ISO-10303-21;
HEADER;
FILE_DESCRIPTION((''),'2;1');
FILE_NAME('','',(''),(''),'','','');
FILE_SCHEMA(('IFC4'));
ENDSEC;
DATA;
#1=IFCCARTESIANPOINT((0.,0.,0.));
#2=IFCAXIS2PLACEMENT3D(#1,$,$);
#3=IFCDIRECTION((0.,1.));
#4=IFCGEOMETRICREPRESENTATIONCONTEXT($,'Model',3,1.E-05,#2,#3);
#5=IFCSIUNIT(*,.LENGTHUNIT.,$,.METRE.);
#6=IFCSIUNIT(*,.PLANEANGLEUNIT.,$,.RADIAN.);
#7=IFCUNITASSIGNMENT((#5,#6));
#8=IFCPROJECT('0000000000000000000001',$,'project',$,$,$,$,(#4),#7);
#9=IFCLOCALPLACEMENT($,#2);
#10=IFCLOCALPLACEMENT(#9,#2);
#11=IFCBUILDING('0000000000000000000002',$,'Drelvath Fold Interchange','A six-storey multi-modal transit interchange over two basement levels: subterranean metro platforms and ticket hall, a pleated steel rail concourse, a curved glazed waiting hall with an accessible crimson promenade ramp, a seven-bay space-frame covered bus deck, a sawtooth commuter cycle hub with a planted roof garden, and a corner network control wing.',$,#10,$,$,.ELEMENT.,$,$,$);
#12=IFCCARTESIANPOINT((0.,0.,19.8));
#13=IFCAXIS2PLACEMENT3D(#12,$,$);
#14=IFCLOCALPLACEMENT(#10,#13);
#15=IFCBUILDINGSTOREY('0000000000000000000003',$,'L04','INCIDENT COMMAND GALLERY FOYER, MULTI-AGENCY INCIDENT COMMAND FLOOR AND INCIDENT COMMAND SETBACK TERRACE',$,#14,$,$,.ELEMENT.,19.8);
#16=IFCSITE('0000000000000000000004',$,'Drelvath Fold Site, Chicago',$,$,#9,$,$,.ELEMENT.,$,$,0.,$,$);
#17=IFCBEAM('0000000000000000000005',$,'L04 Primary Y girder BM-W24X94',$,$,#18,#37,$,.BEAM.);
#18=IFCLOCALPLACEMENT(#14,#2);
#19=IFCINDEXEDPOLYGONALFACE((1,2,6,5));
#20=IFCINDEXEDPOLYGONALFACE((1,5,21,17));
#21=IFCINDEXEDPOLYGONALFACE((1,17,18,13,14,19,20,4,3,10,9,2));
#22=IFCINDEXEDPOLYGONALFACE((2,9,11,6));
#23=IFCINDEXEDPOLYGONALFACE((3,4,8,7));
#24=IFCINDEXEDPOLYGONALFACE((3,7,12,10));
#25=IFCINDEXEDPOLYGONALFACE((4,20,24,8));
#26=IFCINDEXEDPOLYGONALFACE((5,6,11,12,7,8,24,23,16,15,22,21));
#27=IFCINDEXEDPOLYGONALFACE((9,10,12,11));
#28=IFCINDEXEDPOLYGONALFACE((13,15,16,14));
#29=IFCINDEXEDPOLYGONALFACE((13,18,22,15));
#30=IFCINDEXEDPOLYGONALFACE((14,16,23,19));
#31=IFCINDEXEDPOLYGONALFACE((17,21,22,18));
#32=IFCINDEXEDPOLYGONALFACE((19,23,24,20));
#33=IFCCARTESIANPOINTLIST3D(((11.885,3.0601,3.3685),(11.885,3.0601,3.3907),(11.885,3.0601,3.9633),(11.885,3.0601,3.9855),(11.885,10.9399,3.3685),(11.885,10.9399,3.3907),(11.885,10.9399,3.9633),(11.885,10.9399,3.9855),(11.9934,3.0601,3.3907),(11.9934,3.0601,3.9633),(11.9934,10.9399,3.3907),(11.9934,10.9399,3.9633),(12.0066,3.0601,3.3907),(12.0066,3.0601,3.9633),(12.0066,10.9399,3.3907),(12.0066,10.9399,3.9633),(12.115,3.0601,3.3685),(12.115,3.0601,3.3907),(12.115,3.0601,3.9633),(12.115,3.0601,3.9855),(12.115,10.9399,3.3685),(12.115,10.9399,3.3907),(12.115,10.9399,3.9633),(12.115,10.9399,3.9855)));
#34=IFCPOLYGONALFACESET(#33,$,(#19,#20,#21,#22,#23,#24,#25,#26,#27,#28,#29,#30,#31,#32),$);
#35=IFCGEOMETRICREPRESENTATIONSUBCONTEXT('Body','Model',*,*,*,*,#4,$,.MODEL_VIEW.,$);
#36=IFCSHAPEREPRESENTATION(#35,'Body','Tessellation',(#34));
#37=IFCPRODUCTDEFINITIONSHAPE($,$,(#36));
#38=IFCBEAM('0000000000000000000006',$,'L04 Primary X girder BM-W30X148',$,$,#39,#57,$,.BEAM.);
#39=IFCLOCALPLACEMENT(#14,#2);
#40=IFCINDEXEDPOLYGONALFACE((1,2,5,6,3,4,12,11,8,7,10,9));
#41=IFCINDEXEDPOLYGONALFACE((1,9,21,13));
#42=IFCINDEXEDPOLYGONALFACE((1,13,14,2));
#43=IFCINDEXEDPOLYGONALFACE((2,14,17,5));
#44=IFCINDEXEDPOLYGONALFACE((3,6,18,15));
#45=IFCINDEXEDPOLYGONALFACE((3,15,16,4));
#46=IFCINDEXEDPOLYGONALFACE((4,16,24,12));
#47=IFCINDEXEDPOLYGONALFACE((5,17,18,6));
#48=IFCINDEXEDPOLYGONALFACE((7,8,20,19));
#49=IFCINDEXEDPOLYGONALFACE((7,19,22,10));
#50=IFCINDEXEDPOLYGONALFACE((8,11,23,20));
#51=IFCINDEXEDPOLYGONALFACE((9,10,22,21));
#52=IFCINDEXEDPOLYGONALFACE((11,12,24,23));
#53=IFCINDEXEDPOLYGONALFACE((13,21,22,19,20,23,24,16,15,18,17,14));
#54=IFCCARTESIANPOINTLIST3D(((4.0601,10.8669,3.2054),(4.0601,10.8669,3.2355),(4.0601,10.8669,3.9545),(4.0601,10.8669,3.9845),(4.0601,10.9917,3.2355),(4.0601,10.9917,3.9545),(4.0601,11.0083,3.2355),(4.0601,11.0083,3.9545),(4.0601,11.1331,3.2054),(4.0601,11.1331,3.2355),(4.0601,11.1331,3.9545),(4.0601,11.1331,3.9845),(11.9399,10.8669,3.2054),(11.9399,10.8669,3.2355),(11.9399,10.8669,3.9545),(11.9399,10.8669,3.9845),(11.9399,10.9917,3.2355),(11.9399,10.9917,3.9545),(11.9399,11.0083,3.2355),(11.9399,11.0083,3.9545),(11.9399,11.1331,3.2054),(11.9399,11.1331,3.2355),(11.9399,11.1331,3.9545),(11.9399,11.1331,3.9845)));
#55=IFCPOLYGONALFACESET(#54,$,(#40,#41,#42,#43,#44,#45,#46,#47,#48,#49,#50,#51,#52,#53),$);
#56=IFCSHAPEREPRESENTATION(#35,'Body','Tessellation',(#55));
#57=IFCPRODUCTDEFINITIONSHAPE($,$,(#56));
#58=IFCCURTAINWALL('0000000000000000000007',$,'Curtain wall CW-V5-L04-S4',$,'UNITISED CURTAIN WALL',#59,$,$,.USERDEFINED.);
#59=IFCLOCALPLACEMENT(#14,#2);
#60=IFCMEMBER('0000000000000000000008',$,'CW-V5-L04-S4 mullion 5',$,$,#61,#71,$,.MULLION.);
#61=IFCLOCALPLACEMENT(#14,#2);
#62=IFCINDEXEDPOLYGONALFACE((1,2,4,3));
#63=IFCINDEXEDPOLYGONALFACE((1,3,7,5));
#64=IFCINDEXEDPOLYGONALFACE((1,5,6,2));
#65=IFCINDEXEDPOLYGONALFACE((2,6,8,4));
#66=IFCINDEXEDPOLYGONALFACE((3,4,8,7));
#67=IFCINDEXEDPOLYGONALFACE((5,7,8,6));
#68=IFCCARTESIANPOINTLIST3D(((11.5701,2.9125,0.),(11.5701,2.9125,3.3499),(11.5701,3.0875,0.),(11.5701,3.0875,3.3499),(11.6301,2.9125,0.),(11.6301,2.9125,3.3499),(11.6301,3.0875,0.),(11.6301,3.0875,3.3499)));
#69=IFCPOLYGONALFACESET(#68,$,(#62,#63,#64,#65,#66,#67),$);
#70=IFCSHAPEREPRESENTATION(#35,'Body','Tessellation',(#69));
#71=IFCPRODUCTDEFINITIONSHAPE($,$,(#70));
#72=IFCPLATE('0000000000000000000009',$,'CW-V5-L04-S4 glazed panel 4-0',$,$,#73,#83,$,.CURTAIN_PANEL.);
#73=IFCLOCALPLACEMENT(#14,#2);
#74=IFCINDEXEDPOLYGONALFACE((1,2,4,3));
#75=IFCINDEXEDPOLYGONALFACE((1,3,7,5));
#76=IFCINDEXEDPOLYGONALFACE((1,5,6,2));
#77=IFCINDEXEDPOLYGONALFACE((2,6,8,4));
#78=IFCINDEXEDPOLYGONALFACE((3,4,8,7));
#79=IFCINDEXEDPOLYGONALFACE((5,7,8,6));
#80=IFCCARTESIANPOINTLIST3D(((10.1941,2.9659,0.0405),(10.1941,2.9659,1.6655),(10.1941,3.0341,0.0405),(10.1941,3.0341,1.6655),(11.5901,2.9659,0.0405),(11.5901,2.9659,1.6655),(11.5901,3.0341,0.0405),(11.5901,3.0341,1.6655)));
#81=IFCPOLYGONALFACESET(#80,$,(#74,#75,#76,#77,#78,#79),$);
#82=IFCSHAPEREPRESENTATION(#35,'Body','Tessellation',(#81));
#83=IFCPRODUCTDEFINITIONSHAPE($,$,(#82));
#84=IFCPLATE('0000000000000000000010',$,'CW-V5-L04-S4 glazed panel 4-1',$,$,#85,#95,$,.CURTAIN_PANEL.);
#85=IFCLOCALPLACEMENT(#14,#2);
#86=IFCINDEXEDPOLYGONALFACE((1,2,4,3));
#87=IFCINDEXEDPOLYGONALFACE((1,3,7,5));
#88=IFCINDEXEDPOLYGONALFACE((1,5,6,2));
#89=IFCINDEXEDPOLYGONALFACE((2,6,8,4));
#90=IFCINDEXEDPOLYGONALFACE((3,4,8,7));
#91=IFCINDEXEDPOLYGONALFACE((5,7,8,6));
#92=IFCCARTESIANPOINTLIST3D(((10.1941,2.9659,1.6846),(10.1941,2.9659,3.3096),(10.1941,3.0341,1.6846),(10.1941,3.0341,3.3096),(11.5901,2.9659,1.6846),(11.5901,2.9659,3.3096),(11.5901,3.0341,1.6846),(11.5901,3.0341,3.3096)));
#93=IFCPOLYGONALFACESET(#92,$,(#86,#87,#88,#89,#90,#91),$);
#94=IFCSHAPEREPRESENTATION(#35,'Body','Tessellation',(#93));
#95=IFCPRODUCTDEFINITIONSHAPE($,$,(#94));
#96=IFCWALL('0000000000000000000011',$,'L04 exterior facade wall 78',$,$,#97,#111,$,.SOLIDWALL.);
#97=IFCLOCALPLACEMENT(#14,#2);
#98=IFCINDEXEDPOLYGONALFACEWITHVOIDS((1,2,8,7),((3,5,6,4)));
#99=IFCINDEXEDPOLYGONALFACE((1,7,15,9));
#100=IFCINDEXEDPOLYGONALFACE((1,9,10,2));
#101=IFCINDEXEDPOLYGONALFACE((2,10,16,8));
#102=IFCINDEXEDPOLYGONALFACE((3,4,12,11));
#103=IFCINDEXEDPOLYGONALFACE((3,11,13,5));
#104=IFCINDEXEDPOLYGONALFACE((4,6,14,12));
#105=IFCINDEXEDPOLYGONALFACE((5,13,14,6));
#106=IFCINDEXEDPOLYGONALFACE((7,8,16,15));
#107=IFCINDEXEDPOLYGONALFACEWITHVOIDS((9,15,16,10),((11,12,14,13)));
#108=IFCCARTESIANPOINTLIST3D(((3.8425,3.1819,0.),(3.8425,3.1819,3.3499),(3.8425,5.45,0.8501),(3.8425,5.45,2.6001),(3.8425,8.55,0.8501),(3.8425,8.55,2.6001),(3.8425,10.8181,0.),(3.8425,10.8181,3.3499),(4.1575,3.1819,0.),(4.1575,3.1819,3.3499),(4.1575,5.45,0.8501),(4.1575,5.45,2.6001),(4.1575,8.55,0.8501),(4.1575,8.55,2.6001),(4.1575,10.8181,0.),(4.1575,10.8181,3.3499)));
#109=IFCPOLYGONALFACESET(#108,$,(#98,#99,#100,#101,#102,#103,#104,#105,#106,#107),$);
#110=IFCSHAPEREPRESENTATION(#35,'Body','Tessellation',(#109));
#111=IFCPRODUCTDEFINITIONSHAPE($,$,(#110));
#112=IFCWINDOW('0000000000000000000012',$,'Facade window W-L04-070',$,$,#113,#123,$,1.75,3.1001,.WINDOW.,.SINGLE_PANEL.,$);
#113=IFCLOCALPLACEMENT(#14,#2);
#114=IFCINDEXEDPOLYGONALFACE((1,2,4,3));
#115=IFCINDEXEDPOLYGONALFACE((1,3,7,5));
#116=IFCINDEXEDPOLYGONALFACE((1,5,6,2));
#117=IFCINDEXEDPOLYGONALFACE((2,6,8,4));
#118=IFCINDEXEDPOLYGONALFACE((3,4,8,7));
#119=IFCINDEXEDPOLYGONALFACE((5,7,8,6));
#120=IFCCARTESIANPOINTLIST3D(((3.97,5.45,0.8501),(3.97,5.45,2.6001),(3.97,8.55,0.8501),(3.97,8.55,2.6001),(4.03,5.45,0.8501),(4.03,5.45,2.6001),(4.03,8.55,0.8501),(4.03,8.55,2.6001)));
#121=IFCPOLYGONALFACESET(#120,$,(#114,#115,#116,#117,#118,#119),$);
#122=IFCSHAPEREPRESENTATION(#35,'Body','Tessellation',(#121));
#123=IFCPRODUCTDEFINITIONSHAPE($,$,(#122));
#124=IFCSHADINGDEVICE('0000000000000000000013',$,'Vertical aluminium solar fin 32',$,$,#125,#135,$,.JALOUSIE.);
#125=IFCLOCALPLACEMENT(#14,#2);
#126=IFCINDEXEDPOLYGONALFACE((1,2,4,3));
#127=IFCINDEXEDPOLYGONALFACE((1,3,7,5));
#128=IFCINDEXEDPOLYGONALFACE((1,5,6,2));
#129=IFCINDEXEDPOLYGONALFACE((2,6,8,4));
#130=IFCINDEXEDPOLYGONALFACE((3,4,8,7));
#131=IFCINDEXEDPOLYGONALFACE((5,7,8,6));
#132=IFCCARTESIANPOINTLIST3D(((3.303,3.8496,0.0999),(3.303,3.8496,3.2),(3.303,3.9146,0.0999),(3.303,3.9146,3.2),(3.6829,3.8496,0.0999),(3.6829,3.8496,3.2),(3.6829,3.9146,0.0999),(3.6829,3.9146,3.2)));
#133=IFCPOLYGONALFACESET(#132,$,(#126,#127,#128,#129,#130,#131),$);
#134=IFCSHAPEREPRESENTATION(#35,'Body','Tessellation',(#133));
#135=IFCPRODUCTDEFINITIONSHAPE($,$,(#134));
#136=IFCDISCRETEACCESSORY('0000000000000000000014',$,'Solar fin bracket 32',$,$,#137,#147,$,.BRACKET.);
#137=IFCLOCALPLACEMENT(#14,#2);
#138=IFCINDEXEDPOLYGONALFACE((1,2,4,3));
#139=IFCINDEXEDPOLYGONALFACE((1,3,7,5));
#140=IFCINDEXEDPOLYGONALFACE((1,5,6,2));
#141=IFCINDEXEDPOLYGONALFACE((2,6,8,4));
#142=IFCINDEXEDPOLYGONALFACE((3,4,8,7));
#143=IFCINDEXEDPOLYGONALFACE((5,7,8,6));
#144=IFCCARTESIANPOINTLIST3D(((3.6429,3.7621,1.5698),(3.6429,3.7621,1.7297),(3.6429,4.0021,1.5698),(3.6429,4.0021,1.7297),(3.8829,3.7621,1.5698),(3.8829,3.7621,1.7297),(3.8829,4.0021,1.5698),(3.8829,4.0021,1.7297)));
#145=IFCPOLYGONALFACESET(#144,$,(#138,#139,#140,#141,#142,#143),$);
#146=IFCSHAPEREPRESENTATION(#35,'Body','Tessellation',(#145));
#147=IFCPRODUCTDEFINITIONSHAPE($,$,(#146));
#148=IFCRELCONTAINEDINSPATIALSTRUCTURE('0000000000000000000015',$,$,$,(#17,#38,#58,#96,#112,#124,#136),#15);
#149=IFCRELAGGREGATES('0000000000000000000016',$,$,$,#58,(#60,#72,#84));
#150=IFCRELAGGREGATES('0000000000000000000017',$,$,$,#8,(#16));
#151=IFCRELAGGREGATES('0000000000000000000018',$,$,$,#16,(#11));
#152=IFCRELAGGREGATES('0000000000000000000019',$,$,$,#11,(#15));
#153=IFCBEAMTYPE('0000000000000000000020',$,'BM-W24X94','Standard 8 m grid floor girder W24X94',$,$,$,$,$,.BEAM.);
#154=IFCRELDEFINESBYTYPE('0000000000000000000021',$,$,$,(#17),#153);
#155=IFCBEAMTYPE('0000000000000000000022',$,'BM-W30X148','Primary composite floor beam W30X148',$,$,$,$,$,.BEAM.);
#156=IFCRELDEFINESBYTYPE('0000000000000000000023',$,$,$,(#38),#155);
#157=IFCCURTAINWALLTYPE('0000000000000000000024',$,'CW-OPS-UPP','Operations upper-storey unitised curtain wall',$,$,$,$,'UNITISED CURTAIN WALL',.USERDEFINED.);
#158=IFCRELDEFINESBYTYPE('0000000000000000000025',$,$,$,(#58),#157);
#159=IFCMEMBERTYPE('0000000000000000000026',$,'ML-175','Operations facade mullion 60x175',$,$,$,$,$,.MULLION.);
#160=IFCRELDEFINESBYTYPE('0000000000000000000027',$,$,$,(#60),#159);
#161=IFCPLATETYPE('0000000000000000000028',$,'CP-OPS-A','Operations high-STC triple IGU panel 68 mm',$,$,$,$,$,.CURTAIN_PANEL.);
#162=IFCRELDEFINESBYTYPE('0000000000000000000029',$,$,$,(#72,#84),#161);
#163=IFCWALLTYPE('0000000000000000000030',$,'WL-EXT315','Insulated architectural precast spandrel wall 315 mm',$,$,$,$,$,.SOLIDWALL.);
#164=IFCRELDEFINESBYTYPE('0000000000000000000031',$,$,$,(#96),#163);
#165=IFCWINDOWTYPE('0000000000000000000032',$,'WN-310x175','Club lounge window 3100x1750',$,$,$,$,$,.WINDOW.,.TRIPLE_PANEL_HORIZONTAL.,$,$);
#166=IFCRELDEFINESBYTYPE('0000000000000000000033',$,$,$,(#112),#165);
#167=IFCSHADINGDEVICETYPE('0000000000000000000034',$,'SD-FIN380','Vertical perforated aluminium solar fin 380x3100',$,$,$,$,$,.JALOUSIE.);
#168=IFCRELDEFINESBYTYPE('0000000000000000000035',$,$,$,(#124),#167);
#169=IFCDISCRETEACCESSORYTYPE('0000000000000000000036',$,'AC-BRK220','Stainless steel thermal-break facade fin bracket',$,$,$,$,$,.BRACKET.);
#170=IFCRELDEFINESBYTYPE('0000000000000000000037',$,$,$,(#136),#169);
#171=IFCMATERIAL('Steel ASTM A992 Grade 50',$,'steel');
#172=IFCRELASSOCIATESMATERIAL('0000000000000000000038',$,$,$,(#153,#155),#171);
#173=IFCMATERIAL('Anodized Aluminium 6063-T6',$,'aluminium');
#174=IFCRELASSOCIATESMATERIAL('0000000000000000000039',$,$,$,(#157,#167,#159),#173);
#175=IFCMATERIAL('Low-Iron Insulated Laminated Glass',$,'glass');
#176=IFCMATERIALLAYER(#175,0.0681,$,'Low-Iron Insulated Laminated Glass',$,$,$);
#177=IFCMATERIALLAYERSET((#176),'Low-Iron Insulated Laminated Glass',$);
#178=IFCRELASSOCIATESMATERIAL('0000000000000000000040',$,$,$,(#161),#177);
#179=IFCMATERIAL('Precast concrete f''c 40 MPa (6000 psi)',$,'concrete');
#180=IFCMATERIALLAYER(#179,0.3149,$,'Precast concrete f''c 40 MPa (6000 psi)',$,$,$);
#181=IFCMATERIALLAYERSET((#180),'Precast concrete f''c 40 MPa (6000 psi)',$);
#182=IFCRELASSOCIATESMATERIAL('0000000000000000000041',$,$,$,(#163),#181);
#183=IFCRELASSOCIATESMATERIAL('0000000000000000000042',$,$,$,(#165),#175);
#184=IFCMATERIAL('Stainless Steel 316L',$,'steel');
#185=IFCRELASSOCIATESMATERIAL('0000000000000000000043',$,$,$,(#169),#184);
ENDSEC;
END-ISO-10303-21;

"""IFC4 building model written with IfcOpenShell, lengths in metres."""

from ifc_helpers import new_model, si_unit, direction, frame, frame_2d, origin, origin_2d, place, context, subcontext, project, spatial, rectangle, i_section, extrude, material, layer, layer_set, material_profile, profile_set, type_object, element, fill, aggregate, save


model = new_model("IFC4")

# Units and contexts
model_context = context("Model", 3, precision=1e-05, world=origin(), true_north=direction((0.0, 1.0)))
body_context = subcontext(model_context, "Body", "Model", "MODEL_VIEW")
ifc_project = project(units=[si_unit("LENGTHUNIT", "METRE"), si_unit("PLANEANGLEUNIT", "RADIAN")], contexts=[model_context])

# Site, building, storey
site_placement = place(None, origin())
site = spatial("IfcSite", under=ifc_project, at=site_placement, Name="Drelvath Fold Site, Chicago", CompositionType="ELEMENT", RefElevation=0.0)
building_placement = place(site_placement, origin())
building = spatial("IfcBuilding", under=site, at=building_placement, Name="Drelvath Fold Interchange", Description="A six-storey multi-modal transit interchange over two basement levels: subterranean metro platforms and ticket hall, a pleated steel rail concourse, a curved glazed waiting hall with an accessible crimson promenade ramp, a seven-bay space-frame covered bus deck, a sawtooth commuter cycle hub with a planted roof garden, and a corner network control wing.", CompositionType="ELEMENT")
storey_placement = place(building_placement, frame((0.0, 0.0, 19.8)))
storey = spatial("IfcBuildingStorey", under=building, at=storey_placement, Name="L04", Description="INCIDENT COMMAND GALLERY FOYER, MULTI-AGENCY INCIDENT COMMAND FLOOR AND INCIDENT COMMAND SETBACK TERRACE", CompositionType="ELEMENT", Elevation=19.8)

# Shared definitions
ifc_material_1 = material(Name="Steel ASTM A992 Grade 50", Category="steel")

# Beams
ifc_material_profile_1 = material_profile(ifc_material_1, i_section(OverallWidth=0.23, OverallDepth=0.6169, WebThickness=0.0132, FlangeThickness=0.0222, at=origin_2d()), Name="W24X94")
ifc_profile_set_1 = profile_set([ifc_material_profile_1], Name="Steel ASTM A992 Grade 50")
beam_type_1 = type_object("IfcBeamType", Name="BM-W24X94", Description="Standard 8 m grid floor girder W24X94", PredefinedType="BEAM", material=ifc_profile_set_1)
beam_1_placement = place(storey_placement, frame((12.0, 3.0601, 3.677), z_axis=(0.0, 1.0, 0.0), x_axis=(-1.0, 0.0, 0.0)))
element("IfcBeam", 1, at=beam_1_placement, inside=storey, type_object=beam_type_1, Name="L04 Primary Y girder BM-W24X94", PredefinedType="BEAM", context=body_context, shape_type="SweptSolid", body=[
    extrude(i_section(OverallWidth=0.23, OverallDepth=0.6169, WebThickness=0.0132, FlangeThickness=0.0222, at=origin_2d()), origin(), (0.0, 0.0, 1.0), 7.8799),
])
ifc_material_profile_2 = material_profile(ifc_material_1, i_section(OverallWidth=0.2661, OverallDepth=0.7791, WebThickness=0.0166, FlangeThickness=0.03, at=origin_2d()), Name="W30X148")
ifc_profile_set_2 = profile_set([ifc_material_profile_2], Name="Steel ASTM A992 Grade 50")
beam_type_2 = type_object("IfcBeamType", Name="BM-W30X148", Description="Primary composite floor beam W30X148", PredefinedType="BEAM", material=ifc_profile_set_2)
beam_2_placement = place(storey_placement, frame((4.0601, 11.0, 3.595), z_axis=(1.0, 0.0, 0.0), x_axis=(0.0, 1.0, 0.0)))
element("IfcBeam", 2, at=beam_2_placement, inside=storey, type_object=beam_type_2, Name="L04 Primary X girder BM-W30X148", PredefinedType="BEAM", context=body_context, shape_type="SweptSolid", body=[
    extrude(i_section(OverallWidth=0.2661, OverallDepth=0.7791, WebThickness=0.0166, FlangeThickness=0.03, at=origin_2d()), origin(), (0.0, 0.0, 1.0), 7.8799),
])

# Curtain wall, member, plates
ifc_material_2 = material(Name="Anodized Aluminium 6063-T6", Category="aluminium")
curtain_wall_type = type_object("IfcCurtainWallType", Name="CW-OPS-UPP", Description="Operations upper-storey unitised curtain wall", ElementType="UNITISED CURTAIN WALL", PredefinedType="USERDEFINED", material=ifc_material_2)
curtain_wall_placement = place(storey_placement, origin())
curtain_wall = element("IfcCurtainWall", 3, at=curtain_wall_placement, inside=storey, type_object=curtain_wall_type, Name="Curtain wall CW-V5-L04-S4", ObjectType="UNITISED CURTAIN WALL", PredefinedType="USERDEFINED")
ifc_material_profile_3 = material_profile(ifc_material_2, rectangle(XDim=0.0601, YDim=0.175, at=origin_2d()), Name="AL-M 60x175")
ifc_profile_set_3 = profile_set([ifc_material_profile_3], Name="Anodized Aluminium 6063-T6")
member_type = type_object("IfcMemberType", Name="ML-175", Description="Operations facade mullion 60x175", PredefinedType="MULLION", material=ifc_profile_set_3)
member_placement = place(storey_placement, frame((11.6001, 3.0, 0.0), z_axis=(0.0, 0.0, 1.0), x_axis=(1.0, 0.0, 0.0)))
member = element("IfcMember", 4, at=member_placement, type_object=member_type, Name="CW-V5-L04-S4 mullion 5", PredefinedType="MULLION", context=body_context, shape_type="SweptSolid", body=[
    extrude(rectangle(XDim=0.0601, YDim=0.175, at=origin_2d()), origin(), (0.0, 0.0, 1.0), 3.3499),
])
ifc_material_3 = material(Name="Low-Iron Insulated Laminated Glass", Category="glass")
ifc_layer_1 = layer(ifc_material_3, 0.0681, Name="Low-Iron Insulated Laminated Glass")
ifc_layer_set_1 = layer_set([ifc_layer_1], Name="Low-Iron Insulated Laminated Glass")
plate_type = type_object("IfcPlateType", Name="CP-OPS-A", Description="Operations high-STC triple IGU panel 68 mm", PredefinedType="CURTAIN_PANEL", material=ifc_layer_set_1)
plate_1_placement = place(storey_placement, frame((10.8921, 3.0, 0.0405), z_axis=(0.0, 0.0, 1.0), x_axis=(1.0, 0.0, 0.0)))
plate_1 = element("IfcPlate", 5, at=plate_1_placement, type_object=plate_type, Name="CW-V5-L04-S4 glazed panel 4-0", PredefinedType="CURTAIN_PANEL", context=body_context, shape_type="SweptSolid", body=[
    extrude(rectangle(XDim=1.396, YDim=0.0681, at=origin_2d()), origin(), (0.0, 0.0, 1.0), 1.625),
])
plate_2_placement = place(storey_placement, frame((10.8921, 3.0, 1.6846), z_axis=(0.0, 0.0, 1.0), x_axis=(1.0, 0.0, 0.0)))
plate_2 = element("IfcPlate", 6, at=plate_2_placement, type_object=plate_type, Name="CW-V5-L04-S4 glazed panel 4-1", PredefinedType="CURTAIN_PANEL", context=body_context, shape_type="SweptSolid", body=[
    extrude(rectangle(XDim=1.396, YDim=0.0681, at=origin_2d()), origin(), (0.0, 0.0, 1.0), 1.625),
])
aggregate(curtain_wall, [member, plate_1, plate_2])

# Wall, opening, window
ifc_material_4 = material(Name="Precast concrete f'c 40 MPa (6000 psi)", Category="concrete")
ifc_layer_2 = layer(ifc_material_4, 0.3149, Name="Precast concrete f'c 40 MPa (6000 psi)")
ifc_layer_set_2 = layer_set([ifc_layer_2], Name="Precast concrete f'c 40 MPa (6000 psi)")
wall_type = type_object("IfcWallType", Name="WL-EXT315", Description="Insulated architectural precast spandrel wall 315 mm", PredefinedType="SOLIDWALL", material=ifc_layer_set_2)
wall_placement = place(storey_placement, frame((4.0, 3.1819, 0.0), z_axis=(0.0, 0.0, 1.0), x_axis=(0.0, 1.0, 0.0)))
wall = element("IfcWall", 7, at=wall_placement, inside=storey, type_object=wall_type, Name="L04 exterior facade wall 78", PredefinedType="SOLIDWALL", context=body_context, shape_type="SweptSolid", body=[
    extrude(rectangle(XDim=7.6362, YDim=0.3149, at=frame_2d((3.8181, 0.0))), origin(), (0.0, 0.0, 1.0), 3.3499),
])
opening_placement = place(wall_placement, frame((2.2681, 0.0, 0.8501)))
opening = element("IfcOpeningElement", 8, at=opening_placement, cuts=wall, PredefinedType="OPENING", context=body_context, shape_type="SweptSolid", body=[
    extrude(rectangle(XDim=3.1001, YDim=1.75, at=frame_2d((1.55, 0.875))), frame((0.0, 0.1675, 0.0), z_axis=(0.0, -1.0, 0.0), x_axis=(1.0, 0.0, 0.0)), (0.0, 0.0, 1.0), 0.335),
])
window_type = type_object("IfcWindowType", Name="WN-310x175", Description="Club lounge window 3100x1750", PartitioningType="TRIPLE_PANEL_HORIZONTAL", PredefinedType="WINDOW", material=ifc_material_3)
window_placement = place(opening_placement, origin())
window = element("IfcWindow", 9, at=window_placement, inside=storey, type_object=window_type, Name="Facade window W-L04-070", OverallHeight=1.75, OverallWidth=3.1001, PartitioningType="SINGLE_PANEL", PredefinedType="WINDOW", context=body_context, shape_type="SweptSolid", body=[
    extrude(rectangle(XDim=3.1001, YDim=1.75, at=frame_2d((1.55, 0.875))), frame((0.0, 0.03, 0.0), z_axis=(0.0, -1.0, 0.0), x_axis=(1.0, 0.0, 0.0)), (0.0, 0.0, 1.0), 0.0601),
])
fill(opening, window)

# Shading device
shading_device_type = type_object("IfcShadingDeviceType", Name="SD-FIN380", Description="Vertical perforated aluminium solar fin 380x3100", PredefinedType="JALOUSIE", material=ifc_material_2)
shading_device_placement = place(storey_placement, frame((3.4929, 3.8821, 0.0999), z_axis=(0.0, 0.0, 1.0), x_axis=(1.0, 0.0, 0.0)))
element("IfcShadingDevice", 10, at=shading_device_placement, inside=storey, type_object=shading_device_type, Name="Vertical aluminium solar fin 32", PredefinedType="JALOUSIE", context=body_context, shape_type="SweptSolid", body=[
    extrude(rectangle(XDim=0.3799, YDim=0.0649, at=origin_2d()), origin(), (0.0, 0.0, 1.0), 3.1001),
])

# Discrete accessory
ifc_material_5 = material(Name="Stainless Steel 316L", Category="steel")
discrete_accessory_type = type_object("IfcDiscreteAccessoryType", Name="AC-BRK220", Description="Stainless steel thermal-break facade fin bracket", PredefinedType="BRACKET", material=ifc_material_5)
discrete_accessory_placement = place(storey_placement, frame((3.7629, 3.8821, 1.5698), z_axis=(0.0, 0.0, 1.0), x_axis=(1.0, 0.0, 0.0)))
element("IfcDiscreteAccessory", 11, at=discrete_accessory_placement, inside=storey, type_object=discrete_accessory_type, Name="Solar fin bracket 32", PredefinedType="BRACKET", context=body_context, shape_type="SweptSolid", body=[
    extrude(rectangle(XDim=0.24, YDim=0.24, at=origin_2d()), origin(), (0.0, 0.0, 1.0), 0.1599),
])

save(model, "model.ifc")
